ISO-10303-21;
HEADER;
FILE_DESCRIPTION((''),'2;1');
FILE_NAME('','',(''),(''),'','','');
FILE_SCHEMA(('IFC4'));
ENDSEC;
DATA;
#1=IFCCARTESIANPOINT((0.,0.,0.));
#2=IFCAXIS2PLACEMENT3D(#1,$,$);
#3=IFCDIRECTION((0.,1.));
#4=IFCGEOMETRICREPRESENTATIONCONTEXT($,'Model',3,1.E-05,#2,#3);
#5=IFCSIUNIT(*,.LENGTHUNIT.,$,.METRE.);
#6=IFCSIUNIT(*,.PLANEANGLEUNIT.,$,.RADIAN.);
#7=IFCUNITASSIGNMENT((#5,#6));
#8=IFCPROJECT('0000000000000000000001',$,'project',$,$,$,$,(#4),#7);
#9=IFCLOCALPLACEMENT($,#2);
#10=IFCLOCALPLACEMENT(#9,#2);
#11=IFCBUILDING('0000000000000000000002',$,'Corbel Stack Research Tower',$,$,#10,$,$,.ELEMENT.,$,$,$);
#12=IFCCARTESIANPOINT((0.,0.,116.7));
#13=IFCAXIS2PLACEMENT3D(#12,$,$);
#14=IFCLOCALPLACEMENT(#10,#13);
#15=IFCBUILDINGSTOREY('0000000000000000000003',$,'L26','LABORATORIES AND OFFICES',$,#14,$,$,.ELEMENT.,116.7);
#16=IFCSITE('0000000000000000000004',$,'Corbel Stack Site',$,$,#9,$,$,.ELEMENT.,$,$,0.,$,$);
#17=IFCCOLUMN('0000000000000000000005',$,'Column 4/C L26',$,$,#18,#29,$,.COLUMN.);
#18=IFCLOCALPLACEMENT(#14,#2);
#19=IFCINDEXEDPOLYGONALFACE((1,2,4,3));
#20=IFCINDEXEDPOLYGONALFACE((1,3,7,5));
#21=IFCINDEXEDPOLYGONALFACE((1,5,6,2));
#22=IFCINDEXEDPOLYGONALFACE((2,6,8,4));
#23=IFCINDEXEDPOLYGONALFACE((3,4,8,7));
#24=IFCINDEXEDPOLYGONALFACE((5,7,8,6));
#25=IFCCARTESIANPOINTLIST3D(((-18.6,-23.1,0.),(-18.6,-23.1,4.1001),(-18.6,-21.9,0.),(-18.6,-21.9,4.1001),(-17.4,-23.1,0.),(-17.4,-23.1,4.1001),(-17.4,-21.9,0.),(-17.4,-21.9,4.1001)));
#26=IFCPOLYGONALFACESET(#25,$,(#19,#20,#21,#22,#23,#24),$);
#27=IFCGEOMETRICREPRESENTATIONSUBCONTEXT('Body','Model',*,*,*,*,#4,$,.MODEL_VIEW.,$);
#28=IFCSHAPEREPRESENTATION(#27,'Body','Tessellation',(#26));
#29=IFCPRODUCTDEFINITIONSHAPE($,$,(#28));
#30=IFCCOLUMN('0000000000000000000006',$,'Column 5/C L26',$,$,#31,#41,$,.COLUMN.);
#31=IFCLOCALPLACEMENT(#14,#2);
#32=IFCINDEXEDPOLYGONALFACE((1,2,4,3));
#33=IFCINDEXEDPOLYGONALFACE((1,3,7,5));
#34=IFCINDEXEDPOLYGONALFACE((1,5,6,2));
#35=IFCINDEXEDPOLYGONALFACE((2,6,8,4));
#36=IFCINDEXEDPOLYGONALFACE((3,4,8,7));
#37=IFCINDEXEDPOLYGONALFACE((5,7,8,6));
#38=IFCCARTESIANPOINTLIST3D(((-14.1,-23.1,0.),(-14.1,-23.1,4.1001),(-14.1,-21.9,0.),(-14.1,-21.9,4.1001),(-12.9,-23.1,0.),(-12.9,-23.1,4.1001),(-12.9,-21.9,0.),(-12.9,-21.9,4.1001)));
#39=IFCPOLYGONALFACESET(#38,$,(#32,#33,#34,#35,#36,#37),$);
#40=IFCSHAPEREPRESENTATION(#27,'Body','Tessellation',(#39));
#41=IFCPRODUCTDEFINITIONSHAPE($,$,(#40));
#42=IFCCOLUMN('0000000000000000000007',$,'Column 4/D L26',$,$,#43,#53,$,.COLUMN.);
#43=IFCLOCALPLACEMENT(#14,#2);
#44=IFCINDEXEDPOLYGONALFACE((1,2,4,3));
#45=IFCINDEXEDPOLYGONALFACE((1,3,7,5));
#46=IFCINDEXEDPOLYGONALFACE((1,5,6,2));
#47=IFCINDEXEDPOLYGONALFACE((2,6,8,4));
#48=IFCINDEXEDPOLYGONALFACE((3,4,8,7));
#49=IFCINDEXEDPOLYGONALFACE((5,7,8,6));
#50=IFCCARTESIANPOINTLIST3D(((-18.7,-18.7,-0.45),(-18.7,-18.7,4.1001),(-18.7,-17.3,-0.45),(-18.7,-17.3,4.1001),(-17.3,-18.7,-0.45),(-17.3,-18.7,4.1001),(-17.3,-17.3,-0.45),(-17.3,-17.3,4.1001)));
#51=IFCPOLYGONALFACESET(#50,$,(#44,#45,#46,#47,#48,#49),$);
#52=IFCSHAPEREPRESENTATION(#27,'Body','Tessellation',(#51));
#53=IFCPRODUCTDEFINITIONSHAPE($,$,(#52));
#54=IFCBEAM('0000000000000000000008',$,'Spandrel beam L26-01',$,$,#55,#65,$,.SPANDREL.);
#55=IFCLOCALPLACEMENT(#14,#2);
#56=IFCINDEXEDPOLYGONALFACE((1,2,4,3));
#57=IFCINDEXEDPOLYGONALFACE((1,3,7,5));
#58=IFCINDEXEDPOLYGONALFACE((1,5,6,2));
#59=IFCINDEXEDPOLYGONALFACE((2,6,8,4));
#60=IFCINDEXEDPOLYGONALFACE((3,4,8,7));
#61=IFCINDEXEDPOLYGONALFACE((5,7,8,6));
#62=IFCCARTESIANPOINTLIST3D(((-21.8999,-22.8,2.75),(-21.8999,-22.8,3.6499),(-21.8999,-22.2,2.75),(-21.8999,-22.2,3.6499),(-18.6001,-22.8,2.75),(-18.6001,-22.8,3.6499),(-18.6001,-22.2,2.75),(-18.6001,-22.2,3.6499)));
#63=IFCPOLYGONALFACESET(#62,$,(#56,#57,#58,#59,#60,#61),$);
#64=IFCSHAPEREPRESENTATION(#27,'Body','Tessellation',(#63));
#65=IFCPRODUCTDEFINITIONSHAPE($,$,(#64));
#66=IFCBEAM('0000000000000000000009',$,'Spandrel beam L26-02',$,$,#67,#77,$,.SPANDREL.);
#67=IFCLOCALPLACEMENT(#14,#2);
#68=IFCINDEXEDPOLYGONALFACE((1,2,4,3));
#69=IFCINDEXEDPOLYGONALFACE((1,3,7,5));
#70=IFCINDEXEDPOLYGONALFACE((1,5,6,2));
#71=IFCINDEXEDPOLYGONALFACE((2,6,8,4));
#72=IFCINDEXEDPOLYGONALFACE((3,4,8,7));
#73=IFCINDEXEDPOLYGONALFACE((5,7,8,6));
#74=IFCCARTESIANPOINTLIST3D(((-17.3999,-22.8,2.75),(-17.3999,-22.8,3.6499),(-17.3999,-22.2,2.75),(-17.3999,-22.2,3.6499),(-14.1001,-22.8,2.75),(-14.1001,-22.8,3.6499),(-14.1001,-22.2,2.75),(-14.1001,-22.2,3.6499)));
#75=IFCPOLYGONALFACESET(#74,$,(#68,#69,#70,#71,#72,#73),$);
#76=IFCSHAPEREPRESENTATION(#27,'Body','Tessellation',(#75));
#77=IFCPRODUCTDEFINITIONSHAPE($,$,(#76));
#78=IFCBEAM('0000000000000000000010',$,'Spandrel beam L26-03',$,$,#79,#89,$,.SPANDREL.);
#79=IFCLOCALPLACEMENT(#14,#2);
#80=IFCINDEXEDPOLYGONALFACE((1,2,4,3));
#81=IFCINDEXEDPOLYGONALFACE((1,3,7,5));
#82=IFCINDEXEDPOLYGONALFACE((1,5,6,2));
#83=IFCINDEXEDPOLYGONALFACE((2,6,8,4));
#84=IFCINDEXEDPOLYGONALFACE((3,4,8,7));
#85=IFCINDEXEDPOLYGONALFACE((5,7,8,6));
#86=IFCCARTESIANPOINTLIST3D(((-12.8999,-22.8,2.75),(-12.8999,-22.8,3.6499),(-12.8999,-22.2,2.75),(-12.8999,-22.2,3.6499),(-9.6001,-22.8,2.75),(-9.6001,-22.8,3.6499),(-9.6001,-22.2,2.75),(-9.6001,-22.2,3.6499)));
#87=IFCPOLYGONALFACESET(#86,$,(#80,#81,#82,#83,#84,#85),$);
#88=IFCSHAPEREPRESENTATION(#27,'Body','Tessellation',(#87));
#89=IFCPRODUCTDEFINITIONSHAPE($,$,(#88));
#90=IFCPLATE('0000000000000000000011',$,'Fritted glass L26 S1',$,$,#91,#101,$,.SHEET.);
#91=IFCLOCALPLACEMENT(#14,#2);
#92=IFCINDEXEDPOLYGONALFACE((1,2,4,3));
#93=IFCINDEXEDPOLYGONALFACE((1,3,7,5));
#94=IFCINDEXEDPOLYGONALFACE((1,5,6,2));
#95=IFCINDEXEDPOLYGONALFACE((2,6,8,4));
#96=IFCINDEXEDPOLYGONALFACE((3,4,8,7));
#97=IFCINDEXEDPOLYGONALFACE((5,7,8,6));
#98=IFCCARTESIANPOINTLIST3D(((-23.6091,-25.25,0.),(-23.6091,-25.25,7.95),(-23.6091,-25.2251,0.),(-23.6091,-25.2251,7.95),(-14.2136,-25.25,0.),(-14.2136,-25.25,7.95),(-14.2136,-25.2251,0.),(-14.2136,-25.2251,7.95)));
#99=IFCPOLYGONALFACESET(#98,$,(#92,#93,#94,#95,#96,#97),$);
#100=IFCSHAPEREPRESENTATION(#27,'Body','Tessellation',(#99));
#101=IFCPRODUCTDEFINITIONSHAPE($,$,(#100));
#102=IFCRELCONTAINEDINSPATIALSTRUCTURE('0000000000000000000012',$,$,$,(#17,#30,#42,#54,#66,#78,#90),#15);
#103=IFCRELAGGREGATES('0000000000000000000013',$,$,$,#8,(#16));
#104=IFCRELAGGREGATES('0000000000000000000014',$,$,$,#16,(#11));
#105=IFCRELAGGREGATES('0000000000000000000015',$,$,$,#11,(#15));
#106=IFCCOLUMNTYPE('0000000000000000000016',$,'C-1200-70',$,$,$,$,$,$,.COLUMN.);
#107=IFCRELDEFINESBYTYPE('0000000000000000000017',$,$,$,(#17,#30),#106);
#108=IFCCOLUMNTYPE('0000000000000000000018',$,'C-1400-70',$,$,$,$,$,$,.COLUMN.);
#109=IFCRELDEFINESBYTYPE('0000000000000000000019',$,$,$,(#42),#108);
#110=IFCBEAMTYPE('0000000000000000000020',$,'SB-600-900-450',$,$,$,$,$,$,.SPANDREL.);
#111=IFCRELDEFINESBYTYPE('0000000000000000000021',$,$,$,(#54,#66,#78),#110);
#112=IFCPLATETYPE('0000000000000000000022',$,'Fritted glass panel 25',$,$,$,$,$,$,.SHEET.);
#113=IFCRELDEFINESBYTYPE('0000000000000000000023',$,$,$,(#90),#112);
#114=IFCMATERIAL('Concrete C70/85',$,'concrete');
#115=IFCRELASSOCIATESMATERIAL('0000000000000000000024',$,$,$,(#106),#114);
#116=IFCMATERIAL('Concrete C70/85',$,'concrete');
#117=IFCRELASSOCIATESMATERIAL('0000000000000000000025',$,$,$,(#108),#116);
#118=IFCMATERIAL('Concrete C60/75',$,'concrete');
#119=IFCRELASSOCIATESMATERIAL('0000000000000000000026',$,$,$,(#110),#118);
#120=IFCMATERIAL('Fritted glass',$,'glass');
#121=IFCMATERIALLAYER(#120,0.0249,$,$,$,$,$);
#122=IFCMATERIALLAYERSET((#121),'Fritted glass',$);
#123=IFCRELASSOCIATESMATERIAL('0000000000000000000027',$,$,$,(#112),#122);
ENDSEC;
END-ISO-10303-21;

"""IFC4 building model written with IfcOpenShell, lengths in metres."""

from ifc_helpers import new_model, si_unit, direction, frame, origin, origin_2d, place, context, subcontext, project, spatial, rectangle, extrude, material, layer, layer_set, material_profile, profile_set, type_object, element, save


model = new_model("IFC4")

# Units and contexts
model_context = context("Model", 3, precision=1e-05, world=origin(), true_north=direction((0.0, 1.0)))
body_context = subcontext(model_context, "Body", "Model", "MODEL_VIEW")
ifc_project = project(units=[si_unit("LENGTHUNIT", "METRE"), si_unit("PLANEANGLEUNIT", "RADIAN")], contexts=[model_context])

# Site, building, storey
site_placement = place(None, origin())
site = spatial("IfcSite", under=ifc_project, at=site_placement, Name="Corbel Stack Site", CompositionType="ELEMENT", RefElevation=0.0)
building_placement = place(site_placement, origin())
building = spatial("IfcBuilding", under=site, at=building_placement, Name="Corbel Stack Research Tower", CompositionType="ELEMENT")
storey_placement = place(building_placement, frame((0.0, 0.0, 116.7)))
storey = spatial("IfcBuildingStorey", under=building, at=storey_placement, Name="L26", Description="LABORATORIES AND OFFICES", CompositionType="ELEMENT", Elevation=116.7)

# Columns
ifc_material_1 = material(Name="Concrete C70/85", Category="concrete")
ifc_material_profile_1 = material_profile(ifc_material_1, rectangle(XDim=1.2, YDim=1.2, at=origin_2d()), Name="RC 1200 x 1200")
ifc_profile_set_1 = profile_set([ifc_material_profile_1], Name="Concrete C70/85")
column_type_1 = type_object("IfcColumnType", Name="C-1200-70", PredefinedType="COLUMN", material=ifc_profile_set_1)
for number, where, z_axis, x_axis, name in (
    (1, (-18.0, -22.5, 0.0), (0.0, 0.0, 1.0), (1.0, 0.0, 0.0), "Column 4/C L26"),
    (2, (-13.5, -22.5, 0.0), (0.0, 0.0, 1.0), (1.0, 0.0, 0.0), "Column 5/C L26"),
):
    element("IfcColumn", number, at=place(storey_placement, frame(where, z_axis=z_axis, x_axis=x_axis)), inside=storey, type_object=column_type_1, Name=name, PredefinedType="COLUMN", context=body_context, shape_type="SweptSolid", body=[
        extrude(rectangle(XDim=1.2, YDim=1.2, at=origin_2d()), origin(), (0.0, 0.0, 1.0), 4.1001),
    ])
ifc_material_2 = material(Name="Concrete C70/85", Category="concrete")
ifc_material_profile_2 = material_profile(ifc_material_2, rectangle(XDim=1.3999, YDim=1.3999, at=origin_2d()), Name="RC 1400 x 1400")
ifc_profile_set_2 = profile_set([ifc_material_profile_2], Name="Concrete C70/85")
column_type_2 = type_object("IfcColumnType", Name="C-1400-70", PredefinedType="COLUMN", material=ifc_profile_set_2)
column_placement = place(storey_placement, frame((-18.0, -18.0, -0.45), z_axis=(0.0, 0.0, 1.0), x_axis=(1.0, 0.0, 0.0)))
element("IfcColumn", 3, at=column_placement, inside=storey, type_object=column_type_2, Name="Column 4/D L26", PredefinedType="COLUMN", context=body_context, shape_type="SweptSolid", body=[
    extrude(rectangle(XDim=1.3999, YDim=1.3999, at=origin_2d()), origin(), (0.0, 0.0, 1.0), 4.55),
])

# Beams
ifc_material_3 = material(Name="Concrete C60/75", Category="concrete")
ifc_material_profile_3 = material_profile(ifc_material_3, rectangle(XDim=0.6001, YDim=0.8999, at=origin_2d()), Name="RC 600 x 900")
ifc_profile_set_3 = profile_set([ifc_material_profile_3], Name="Concrete C60/75")
beam_type = type_object("IfcBeamType", Name="SB-600-900-450", PredefinedType="SPANDREL", material=ifc_profile_set_3)
for number, where, z_axis, x_axis, name in (
    (4, (-21.8999, -22.5, 3.2), (1.0, 0.0, 0.0), (0.0, 1.0, 0.0), "Spandrel beam L26-01"),
    (5, (-17.3999, -22.5, 3.2), (1.0, 0.0, 0.0), (0.0, 1.0, 0.0), "Spandrel beam L26-02"),
    (6, (-12.8999, -22.5, 3.2), (1.0, 0.0, 0.0), (0.0, 1.0, 0.0), "Spandrel beam L26-03"),
):
    element("IfcBeam", number, at=place(storey_placement, frame(where, z_axis=z_axis, x_axis=x_axis)), inside=storey, type_object=beam_type, Name=name, PredefinedType="SPANDREL", context=body_context, shape_type="SweptSolid", body=[
        extrude(rectangle(XDim=0.6001, YDim=0.8999, at=origin_2d()), origin(), (0.0, 0.0, 1.0), 3.2998),
    ])

# Plate
ifc_material_4 = material(Name="Fritted glass", Category="glass")
ifc_layer_1 = layer(ifc_material_4, 0.0249)
ifc_layer_set_1 = layer_set([ifc_layer_1], Name="Fritted glass")
plate_type = type_object("IfcPlateType", Name="Fritted glass panel 25", PredefinedType="SHEET", material=ifc_layer_set_1)
plate_placement = place(storey_placement, frame((-18.9114, -25.2375, 0.0), z_axis=(0.0, 0.0, 1.0), x_axis=(1.0, 0.0, 0.0)))
element("IfcPlate", 7, at=plate_placement, inside=storey, type_object=plate_type, Name="Fritted glass L26 S1", PredefinedType="SHEET", context=body_context, shape_type="SweptSolid", body=[
    extrude(rectangle(XDim=9.3955, YDim=0.0249, at=origin_2d()), origin(), (0.0, 0.0, 1.0), 7.95),
])

save(model, "model.ifc")
